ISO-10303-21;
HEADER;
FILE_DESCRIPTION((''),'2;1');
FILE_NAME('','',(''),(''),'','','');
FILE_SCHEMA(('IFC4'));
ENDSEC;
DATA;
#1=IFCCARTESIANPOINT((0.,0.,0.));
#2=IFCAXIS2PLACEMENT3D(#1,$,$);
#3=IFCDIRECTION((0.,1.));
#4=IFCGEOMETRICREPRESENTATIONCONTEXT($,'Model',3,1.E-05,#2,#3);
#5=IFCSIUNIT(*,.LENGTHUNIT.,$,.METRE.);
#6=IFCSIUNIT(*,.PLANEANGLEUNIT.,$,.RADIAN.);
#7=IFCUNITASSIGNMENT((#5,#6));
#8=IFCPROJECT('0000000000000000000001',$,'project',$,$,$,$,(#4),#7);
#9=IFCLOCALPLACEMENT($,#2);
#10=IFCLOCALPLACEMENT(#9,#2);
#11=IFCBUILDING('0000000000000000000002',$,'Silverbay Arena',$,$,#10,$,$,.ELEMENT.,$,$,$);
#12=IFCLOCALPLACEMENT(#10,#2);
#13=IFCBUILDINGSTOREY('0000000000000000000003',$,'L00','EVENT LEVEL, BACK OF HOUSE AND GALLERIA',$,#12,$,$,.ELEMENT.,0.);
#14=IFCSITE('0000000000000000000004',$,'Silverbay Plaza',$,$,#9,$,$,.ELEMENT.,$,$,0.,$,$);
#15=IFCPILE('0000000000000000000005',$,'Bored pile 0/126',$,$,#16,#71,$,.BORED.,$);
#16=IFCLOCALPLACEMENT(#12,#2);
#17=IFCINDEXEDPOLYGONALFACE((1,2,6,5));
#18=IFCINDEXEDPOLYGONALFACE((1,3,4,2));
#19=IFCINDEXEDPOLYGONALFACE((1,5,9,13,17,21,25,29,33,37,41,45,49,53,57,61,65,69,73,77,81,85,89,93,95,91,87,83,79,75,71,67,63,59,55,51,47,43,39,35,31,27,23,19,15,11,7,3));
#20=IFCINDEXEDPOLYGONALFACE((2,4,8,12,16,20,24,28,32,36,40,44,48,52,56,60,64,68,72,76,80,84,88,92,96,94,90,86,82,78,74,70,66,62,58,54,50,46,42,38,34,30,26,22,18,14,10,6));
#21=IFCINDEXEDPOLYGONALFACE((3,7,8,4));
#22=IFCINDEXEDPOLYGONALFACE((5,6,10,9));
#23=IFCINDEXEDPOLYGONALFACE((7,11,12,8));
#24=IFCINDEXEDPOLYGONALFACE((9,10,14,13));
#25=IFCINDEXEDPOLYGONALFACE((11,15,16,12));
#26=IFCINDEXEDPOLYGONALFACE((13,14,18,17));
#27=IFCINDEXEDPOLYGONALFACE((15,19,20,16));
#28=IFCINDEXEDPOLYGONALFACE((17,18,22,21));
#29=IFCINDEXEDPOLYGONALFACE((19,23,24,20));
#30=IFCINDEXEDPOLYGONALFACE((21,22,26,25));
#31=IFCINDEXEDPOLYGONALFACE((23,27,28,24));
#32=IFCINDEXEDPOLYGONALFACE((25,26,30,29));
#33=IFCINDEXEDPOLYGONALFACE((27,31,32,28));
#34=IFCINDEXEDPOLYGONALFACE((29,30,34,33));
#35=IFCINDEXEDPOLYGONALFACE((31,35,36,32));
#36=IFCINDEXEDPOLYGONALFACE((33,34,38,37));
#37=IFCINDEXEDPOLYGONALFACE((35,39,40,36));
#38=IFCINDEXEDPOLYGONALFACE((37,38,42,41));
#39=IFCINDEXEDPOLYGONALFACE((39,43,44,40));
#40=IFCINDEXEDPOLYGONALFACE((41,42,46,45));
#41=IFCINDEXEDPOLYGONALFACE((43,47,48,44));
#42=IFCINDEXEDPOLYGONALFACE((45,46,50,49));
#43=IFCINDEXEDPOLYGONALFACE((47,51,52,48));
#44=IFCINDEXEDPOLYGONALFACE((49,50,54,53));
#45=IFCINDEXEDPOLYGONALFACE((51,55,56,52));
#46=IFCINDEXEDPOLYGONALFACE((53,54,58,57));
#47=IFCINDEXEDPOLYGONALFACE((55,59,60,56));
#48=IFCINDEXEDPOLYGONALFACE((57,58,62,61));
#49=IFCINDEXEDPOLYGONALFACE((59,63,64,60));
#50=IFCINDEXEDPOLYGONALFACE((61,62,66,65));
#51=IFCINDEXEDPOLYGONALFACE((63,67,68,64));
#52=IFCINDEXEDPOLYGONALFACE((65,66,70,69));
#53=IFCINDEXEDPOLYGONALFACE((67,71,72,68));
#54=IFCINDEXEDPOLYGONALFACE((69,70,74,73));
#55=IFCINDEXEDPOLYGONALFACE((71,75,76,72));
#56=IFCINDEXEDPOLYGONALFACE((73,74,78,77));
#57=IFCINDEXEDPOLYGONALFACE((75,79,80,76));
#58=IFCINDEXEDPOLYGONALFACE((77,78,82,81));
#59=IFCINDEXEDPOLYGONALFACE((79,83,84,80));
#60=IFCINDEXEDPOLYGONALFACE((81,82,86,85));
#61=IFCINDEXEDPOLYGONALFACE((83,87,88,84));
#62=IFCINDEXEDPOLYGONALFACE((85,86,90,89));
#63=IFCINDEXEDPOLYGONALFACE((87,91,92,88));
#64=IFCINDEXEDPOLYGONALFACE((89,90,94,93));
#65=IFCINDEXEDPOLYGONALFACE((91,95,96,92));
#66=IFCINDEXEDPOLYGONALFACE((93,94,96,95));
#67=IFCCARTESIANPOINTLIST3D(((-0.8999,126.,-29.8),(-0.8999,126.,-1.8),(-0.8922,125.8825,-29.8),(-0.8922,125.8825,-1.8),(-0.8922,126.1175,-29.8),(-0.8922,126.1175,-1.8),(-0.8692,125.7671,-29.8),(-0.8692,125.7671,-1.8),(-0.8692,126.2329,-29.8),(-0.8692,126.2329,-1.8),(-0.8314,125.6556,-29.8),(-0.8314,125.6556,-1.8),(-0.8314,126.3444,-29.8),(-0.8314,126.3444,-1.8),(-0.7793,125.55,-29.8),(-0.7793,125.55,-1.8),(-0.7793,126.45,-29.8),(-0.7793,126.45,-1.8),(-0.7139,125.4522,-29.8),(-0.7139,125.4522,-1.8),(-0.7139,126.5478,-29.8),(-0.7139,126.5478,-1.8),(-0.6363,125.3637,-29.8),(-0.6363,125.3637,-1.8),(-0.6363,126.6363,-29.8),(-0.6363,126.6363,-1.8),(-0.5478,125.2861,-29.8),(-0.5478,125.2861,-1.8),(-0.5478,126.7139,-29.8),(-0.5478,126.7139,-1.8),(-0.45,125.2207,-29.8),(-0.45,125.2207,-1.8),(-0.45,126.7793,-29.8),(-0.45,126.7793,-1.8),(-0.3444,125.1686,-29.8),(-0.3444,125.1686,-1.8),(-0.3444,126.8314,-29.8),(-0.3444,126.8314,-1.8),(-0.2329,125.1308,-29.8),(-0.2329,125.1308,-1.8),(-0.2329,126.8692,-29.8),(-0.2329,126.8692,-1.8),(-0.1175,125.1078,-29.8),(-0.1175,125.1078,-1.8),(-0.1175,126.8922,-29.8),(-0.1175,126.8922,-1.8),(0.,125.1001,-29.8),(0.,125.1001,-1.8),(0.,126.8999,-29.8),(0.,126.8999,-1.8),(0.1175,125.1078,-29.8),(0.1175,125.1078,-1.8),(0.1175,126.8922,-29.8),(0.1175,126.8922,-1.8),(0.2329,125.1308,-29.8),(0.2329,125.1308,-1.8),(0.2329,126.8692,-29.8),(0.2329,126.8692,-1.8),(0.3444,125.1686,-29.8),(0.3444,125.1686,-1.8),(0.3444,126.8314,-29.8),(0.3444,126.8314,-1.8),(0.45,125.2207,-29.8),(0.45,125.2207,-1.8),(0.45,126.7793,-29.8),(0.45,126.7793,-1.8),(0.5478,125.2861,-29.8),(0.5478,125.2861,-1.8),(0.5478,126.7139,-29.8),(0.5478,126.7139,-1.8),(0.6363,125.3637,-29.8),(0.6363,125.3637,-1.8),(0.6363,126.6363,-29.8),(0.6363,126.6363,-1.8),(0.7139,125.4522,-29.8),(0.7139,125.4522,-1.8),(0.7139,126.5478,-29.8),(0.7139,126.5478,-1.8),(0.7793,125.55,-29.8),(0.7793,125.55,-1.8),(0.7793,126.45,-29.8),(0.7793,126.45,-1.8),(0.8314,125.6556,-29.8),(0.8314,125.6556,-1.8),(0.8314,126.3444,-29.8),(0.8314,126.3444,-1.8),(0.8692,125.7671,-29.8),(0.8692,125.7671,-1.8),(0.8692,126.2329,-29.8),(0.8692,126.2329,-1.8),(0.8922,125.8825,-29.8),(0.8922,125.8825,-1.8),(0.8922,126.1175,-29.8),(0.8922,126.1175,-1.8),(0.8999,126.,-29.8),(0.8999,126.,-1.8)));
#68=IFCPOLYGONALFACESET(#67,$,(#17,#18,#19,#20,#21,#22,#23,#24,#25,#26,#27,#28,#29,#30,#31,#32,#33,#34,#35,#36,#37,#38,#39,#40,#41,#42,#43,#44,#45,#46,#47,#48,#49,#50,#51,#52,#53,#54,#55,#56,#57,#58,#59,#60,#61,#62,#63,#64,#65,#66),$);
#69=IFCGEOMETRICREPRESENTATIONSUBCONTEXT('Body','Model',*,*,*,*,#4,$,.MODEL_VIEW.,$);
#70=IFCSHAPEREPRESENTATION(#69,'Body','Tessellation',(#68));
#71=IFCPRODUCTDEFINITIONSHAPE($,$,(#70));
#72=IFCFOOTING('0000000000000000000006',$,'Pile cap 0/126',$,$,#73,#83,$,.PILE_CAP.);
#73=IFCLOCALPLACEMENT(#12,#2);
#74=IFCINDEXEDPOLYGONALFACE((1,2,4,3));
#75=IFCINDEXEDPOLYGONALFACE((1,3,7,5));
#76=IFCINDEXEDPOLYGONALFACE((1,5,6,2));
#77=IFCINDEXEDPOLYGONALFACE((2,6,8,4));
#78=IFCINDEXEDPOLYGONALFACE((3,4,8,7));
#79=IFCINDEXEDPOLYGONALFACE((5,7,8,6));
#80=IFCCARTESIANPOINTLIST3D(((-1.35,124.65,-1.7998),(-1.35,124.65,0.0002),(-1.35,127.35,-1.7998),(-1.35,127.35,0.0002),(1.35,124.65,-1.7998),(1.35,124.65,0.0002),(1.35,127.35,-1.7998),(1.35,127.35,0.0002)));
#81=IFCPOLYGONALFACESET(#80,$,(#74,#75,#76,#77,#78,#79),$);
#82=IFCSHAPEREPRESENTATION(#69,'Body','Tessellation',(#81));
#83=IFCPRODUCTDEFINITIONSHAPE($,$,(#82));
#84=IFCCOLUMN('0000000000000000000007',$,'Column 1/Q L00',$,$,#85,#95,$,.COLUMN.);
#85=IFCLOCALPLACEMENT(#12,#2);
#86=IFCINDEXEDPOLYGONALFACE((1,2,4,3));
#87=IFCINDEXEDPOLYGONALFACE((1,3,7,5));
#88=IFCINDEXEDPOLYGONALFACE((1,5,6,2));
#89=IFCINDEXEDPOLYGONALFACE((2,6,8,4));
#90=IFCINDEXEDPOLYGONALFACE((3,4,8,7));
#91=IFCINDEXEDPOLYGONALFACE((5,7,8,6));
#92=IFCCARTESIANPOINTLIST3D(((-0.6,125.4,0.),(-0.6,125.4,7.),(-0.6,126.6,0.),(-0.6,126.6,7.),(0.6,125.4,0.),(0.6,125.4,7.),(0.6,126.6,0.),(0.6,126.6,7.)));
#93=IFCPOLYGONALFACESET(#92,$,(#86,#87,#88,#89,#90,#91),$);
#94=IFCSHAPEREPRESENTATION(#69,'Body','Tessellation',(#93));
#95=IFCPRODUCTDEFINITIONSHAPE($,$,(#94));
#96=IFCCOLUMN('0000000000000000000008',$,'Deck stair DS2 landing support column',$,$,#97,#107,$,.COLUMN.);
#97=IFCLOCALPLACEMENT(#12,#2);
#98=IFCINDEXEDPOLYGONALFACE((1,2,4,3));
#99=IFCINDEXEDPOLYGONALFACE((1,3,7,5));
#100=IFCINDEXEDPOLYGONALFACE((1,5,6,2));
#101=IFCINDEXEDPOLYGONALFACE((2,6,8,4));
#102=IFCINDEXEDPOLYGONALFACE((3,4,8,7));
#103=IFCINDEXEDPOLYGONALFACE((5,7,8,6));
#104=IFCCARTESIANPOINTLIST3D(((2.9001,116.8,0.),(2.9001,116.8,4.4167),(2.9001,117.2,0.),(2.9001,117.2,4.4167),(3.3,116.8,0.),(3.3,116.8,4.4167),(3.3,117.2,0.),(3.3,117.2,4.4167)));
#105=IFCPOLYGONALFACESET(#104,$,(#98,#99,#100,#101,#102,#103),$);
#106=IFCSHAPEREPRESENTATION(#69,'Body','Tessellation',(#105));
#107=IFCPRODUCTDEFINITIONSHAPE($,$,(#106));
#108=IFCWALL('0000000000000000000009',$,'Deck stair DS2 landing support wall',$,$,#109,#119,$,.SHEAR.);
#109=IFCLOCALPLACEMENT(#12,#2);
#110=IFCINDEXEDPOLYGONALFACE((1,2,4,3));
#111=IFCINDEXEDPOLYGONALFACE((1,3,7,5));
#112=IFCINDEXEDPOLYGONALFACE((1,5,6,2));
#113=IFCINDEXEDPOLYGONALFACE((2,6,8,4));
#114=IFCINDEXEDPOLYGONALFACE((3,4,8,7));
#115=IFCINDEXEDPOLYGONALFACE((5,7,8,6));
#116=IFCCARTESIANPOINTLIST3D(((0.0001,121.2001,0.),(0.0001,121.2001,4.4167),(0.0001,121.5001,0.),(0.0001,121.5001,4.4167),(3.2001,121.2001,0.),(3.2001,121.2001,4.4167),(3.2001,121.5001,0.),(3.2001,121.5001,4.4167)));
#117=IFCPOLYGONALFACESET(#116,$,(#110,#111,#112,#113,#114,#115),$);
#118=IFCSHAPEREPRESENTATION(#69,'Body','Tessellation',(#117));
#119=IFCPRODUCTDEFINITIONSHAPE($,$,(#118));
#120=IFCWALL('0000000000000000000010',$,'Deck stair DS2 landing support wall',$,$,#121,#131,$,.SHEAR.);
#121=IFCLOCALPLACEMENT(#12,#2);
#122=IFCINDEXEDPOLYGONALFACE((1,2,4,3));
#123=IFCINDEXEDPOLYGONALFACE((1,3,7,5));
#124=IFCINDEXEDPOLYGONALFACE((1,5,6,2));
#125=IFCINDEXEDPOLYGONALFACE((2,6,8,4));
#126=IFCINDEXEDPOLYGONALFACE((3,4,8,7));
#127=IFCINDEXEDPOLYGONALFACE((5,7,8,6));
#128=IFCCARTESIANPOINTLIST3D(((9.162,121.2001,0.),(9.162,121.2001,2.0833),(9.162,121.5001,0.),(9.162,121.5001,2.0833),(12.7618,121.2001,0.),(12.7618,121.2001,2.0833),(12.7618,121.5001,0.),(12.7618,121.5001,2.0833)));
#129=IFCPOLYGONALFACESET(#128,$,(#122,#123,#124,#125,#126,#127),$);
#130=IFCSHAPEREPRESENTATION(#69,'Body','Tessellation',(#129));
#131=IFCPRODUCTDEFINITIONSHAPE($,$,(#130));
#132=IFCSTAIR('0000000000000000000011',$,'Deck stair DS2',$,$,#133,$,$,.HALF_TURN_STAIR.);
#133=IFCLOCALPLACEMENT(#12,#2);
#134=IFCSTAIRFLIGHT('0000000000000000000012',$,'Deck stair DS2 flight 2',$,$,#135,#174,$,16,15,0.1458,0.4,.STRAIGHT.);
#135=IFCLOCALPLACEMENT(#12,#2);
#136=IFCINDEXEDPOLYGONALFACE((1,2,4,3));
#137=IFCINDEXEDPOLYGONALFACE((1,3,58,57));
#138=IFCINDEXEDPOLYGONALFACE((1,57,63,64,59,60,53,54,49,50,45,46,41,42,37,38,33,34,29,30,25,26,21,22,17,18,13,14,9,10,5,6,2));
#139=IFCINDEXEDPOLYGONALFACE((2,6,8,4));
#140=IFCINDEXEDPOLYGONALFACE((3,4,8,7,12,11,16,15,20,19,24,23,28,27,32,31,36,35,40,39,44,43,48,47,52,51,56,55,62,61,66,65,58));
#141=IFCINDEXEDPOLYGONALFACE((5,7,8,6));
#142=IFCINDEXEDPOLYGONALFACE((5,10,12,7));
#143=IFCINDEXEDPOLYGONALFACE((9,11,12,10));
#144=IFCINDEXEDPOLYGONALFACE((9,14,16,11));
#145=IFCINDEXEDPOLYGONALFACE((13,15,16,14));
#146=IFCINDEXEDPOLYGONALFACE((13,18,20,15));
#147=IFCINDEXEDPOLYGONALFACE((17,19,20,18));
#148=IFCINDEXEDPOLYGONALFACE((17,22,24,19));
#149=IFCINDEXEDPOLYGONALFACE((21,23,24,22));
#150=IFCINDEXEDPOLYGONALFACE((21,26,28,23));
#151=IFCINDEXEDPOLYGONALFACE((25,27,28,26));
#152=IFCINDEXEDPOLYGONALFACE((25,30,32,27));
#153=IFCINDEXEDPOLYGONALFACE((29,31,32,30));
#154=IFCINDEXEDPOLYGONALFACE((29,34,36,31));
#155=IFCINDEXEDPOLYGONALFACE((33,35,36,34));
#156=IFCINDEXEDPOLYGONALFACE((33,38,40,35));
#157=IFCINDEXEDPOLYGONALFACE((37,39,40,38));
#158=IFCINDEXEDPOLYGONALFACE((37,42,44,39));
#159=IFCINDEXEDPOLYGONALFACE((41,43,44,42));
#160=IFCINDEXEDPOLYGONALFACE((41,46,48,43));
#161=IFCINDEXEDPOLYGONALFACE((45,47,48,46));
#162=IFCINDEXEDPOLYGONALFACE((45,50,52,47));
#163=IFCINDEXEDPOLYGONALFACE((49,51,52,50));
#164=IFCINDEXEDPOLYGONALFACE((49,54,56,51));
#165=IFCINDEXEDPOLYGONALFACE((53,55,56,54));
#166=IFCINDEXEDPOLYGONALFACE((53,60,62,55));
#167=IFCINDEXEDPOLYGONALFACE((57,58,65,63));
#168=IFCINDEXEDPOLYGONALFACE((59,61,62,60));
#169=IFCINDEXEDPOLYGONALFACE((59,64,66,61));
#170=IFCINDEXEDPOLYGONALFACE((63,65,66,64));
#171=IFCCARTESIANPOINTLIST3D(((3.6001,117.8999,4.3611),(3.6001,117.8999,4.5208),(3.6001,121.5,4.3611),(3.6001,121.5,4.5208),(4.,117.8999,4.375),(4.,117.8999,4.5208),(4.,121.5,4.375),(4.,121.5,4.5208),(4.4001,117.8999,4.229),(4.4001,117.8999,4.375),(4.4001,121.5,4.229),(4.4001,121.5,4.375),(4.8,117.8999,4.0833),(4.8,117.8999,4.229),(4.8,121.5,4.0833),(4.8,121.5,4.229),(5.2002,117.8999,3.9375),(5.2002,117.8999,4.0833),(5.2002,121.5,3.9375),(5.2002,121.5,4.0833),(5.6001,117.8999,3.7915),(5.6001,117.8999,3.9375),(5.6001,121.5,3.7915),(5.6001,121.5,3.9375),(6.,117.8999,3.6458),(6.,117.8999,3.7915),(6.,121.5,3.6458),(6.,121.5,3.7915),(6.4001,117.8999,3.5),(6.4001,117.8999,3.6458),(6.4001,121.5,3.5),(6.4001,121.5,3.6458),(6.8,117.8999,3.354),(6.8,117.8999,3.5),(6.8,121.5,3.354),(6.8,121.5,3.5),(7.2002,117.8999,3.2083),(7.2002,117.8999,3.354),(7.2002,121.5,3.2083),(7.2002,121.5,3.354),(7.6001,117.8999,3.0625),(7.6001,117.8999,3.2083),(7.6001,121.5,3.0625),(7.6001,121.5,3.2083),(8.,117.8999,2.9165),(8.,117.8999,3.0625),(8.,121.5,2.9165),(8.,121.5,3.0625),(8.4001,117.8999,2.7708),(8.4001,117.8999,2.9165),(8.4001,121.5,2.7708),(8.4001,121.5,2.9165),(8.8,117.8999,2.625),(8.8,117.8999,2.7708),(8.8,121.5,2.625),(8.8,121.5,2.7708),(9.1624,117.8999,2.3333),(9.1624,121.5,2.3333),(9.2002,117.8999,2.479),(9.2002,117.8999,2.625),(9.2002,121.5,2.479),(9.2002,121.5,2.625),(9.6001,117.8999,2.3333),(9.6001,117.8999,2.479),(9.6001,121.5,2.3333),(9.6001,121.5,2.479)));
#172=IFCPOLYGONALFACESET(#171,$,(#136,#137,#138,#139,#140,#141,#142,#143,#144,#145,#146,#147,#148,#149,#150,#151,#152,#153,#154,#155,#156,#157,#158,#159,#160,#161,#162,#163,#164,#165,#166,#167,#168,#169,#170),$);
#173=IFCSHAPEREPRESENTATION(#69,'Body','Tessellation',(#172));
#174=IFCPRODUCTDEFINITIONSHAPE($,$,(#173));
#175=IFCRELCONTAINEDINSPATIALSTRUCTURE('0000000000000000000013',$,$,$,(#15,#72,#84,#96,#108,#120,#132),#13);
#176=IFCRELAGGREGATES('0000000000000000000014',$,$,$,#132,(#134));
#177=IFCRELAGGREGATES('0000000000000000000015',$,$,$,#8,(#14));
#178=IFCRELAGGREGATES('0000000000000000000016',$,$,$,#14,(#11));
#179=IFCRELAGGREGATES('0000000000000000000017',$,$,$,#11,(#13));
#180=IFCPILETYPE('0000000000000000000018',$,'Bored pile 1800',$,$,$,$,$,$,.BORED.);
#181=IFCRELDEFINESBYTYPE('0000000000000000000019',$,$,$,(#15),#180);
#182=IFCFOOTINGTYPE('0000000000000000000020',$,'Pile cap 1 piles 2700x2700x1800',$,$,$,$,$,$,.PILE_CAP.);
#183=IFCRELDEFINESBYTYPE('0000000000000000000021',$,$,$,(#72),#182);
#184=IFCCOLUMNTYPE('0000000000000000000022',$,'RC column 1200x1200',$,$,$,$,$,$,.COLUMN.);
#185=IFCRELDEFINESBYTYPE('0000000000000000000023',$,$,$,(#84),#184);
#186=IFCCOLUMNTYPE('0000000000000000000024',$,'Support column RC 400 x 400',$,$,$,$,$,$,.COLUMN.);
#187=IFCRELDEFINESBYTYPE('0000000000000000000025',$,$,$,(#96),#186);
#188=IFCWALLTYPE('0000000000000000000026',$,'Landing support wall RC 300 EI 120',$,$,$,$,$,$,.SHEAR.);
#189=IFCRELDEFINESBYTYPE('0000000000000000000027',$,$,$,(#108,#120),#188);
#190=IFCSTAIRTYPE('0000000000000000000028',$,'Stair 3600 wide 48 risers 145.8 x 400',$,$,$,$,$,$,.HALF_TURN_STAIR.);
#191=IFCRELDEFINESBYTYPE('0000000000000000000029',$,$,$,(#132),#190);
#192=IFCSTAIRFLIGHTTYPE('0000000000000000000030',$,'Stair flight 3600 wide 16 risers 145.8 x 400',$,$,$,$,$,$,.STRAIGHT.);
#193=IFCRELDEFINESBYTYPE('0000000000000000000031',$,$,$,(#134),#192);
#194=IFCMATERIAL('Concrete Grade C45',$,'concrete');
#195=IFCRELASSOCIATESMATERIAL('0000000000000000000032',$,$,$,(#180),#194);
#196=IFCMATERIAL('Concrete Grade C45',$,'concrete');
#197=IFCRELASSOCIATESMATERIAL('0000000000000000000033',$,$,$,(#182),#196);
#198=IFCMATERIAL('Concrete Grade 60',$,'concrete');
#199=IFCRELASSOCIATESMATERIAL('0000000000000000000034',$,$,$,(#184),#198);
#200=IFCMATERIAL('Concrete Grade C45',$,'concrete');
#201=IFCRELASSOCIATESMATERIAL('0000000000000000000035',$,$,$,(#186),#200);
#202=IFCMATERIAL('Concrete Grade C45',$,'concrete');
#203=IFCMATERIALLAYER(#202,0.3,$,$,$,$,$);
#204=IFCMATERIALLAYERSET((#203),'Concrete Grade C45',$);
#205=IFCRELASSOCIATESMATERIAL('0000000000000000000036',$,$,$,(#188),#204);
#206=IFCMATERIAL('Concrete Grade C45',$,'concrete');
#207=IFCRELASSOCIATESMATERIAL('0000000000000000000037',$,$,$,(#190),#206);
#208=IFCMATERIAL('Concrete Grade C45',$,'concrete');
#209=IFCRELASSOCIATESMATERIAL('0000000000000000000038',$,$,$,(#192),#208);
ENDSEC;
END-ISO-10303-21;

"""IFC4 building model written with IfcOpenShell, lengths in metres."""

from ifc_helpers import new_model, si_unit, direction, frame, frame_2d, origin, origin_2d, place, context, subcontext, project, spatial, polyline, rectangle, circle, outline, extrude, material, layer, layer_set, material_profile, profile_set, type_object, element, aggregate, save


model = new_model("IFC4")

# Units and contexts
model_context = context("Model", 3, precision=1e-05, world=origin(), true_north=direction((0.0, 1.0)))
body_context = subcontext(model_context, "Body", "Model", "MODEL_VIEW")
ifc_project = project(units=[si_unit("LENGTHUNIT", "METRE"), si_unit("PLANEANGLEUNIT", "RADIAN")], contexts=[model_context])

# Site, building, storey
site_placement = place(None, origin())
site = spatial("IfcSite", under=ifc_project, at=site_placement, Name="Silverbay Plaza", CompositionType="ELEMENT", RefElevation=0.0)
building_placement = place(site_placement, origin())
building = spatial("IfcBuilding", under=site, at=building_placement, Name="Silverbay Arena", CompositionType="ELEMENT")
storey_placement = place(building_placement, origin())
storey = spatial("IfcBuildingStorey", under=building, at=storey_placement, Name="L00", Description="EVENT LEVEL, BACK OF HOUSE AND GALLERIA", CompositionType="ELEMENT", Elevation=0.0)

# Pile
ifc_material_1 = material(Name="Concrete Grade C45", Category="concrete")
ifc_material_profile_1 = material_profile(ifc_material_1, circle(Radius=0.8999, at=origin_2d()), Name="Bored pile 1800")
ifc_profile_set_1 = profile_set([ifc_material_profile_1], Name="Concrete Grade C45")
pile_type = type_object("IfcPileType", Name="Bored pile 1800", PredefinedType="BORED", material=ifc_profile_set_1)
pile_placement = place(storey_placement, frame((0.0, 126.0, -1.8), z_axis=(0.0, 0.0, -1.0), x_axis=(1.0, 0.0, 0.0)))
element("IfcPile", 1, at=pile_placement, inside=storey, type_object=pile_type, Name="Bored pile 0/126", PredefinedType="BORED", context=body_context, shape_type="SweptSolid", body=[
    extrude(circle(Radius=0.8999, at=origin_2d()), origin(), (0.0, 0.0, 1.0), 28.0),
])

# Footing
ifc_material_2 = material(Name="Concrete Grade C45", Category="concrete")
footing_type = type_object("IfcFootingType", Name="Pile cap 1 piles 2700x2700x1800", PredefinedType="PILE_CAP", material=ifc_material_2)
footing_placement = place(storey_placement, frame((0.0, 126.0, -1.7998), z_axis=(0.0, 0.0, 1.0), x_axis=(1.0, 0.0, 0.0)))
element("IfcFooting", 2, at=footing_placement, inside=storey, type_object=footing_type, Name="Pile cap 0/126", PredefinedType="PILE_CAP", context=body_context, shape_type="SweptSolid", body=[
    extrude(rectangle(XDim=2.7, YDim=2.7, at=origin_2d()), origin(), (0.0, 0.0, 1.0), 1.8),
])

# Columns
ifc_material_3 = material(Name="Concrete Grade 60", Category="concrete")
ifc_material_profile_2 = material_profile(ifc_material_3, rectangle(XDim=1.2, YDim=1.2, at=origin_2d()), Name="RC 1200x1200")
ifc_profile_set_2 = profile_set([ifc_material_profile_2], Name="Concrete Grade 60")
column_type_1 = type_object("IfcColumnType", Name="RC column 1200x1200", PredefinedType="COLUMN", material=ifc_profile_set_2)
column_1_placement = place(storey_placement, frame((0.0, 126.0, 0.0), z_axis=(0.0, 0.0, 1.0), x_axis=(1.0, 0.0, 0.0)))
element("IfcColumn", 3, at=column_1_placement, inside=storey, type_object=column_type_1, Name="Column 1/Q L00", PredefinedType="COLUMN", context=body_context, shape_type="SweptSolid", body=[
    extrude(rectangle(XDim=1.2, YDim=1.2, at=origin_2d()), origin(), (0.0, 0.0, 1.0), 7.0),
])
ifc_material_4 = material(Name="Concrete Grade C45", Category="concrete")
ifc_material_profile_3 = material_profile(ifc_material_4, rectangle(XDim=0.3999, YDim=0.3999, at=origin_2d()), Name="RC 400x400")
ifc_profile_set_3 = profile_set([ifc_material_profile_3], Name="Concrete Grade C45")
column_type_2 = type_object("IfcColumnType", Name="Support column RC 400 x 400", PredefinedType="COLUMN", material=ifc_profile_set_3)
column_2_placement = place(storey_placement, frame((3.1001, 117.0, 0.0), z_axis=(0.0, 0.0, 1.0), x_axis=(1.0, 0.0, 0.0)))
element("IfcColumn", 4, at=column_2_placement, inside=storey, type_object=column_type_2, Name="Deck stair DS2 landing support column", PredefinedType="COLUMN", context=body_context, shape_type="SweptSolid", body=[
    extrude(rectangle(XDim=0.3999, YDim=0.3999, at=origin_2d()), origin(), (0.0, 0.0, 1.0), 4.4167),
])

# Walls
ifc_material_5 = material(Name="Concrete Grade C45", Category="concrete")
ifc_layer = layer(ifc_material_5, 0.3)
ifc_layer_set = layer_set([ifc_layer], Name="Concrete Grade C45")
wall_type = type_object("IfcWallType", Name="Landing support wall RC 300 EI 120", PredefinedType="SHEAR", material=ifc_layer_set)
wall_1_placement = place(storey_placement, frame((0.0, 121.3501, 0.0), z_axis=(0.0, 0.0, 1.0), x_axis=(1.0, 0.0, 0.0)))
element("IfcWall", 5, at=wall_1_placement, inside=storey, type_object=wall_type, Name="Deck stair DS2 landing support wall", PredefinedType="SHEAR", context=body_context, shape_type="SweptSolid", body=[
    extrude(rectangle(XDim=3.2, YDim=0.3, at=frame_2d((1.6001, 0.0))), origin(), (0.0, 0.0, 1.0), 4.4167),
])
wall_2_placement = place(storey_placement, frame((9.1621, 121.3501, 0.0), z_axis=(0.0, 0.0, 1.0), x_axis=(1.0, 0.0, 0.0)))
element("IfcWall", 6, at=wall_2_placement, inside=storey, type_object=wall_type, Name="Deck stair DS2 landing support wall", PredefinedType="SHEAR", context=body_context, shape_type="SweptSolid", body=[
    extrude(rectangle(XDim=3.5999, YDim=0.3, at=frame_2d((1.7998, 0.0))), origin(), (0.0, 0.0, 1.0), 2.0833),
])

# Stair, stair flight
ifc_material_6 = material(Name="Concrete Grade C45", Category="concrete")
stair_type = type_object("IfcStairType", Name="Stair 3600 wide 48 risers 145.8 x 400", PredefinedType="HALF_TURN_STAIR", material=ifc_material_6)
stair_placement = place(storey_placement, origin())
stair = element("IfcStair", 7, at=stair_placement, inside=storey, type_object=stair_type, Name="Deck stair DS2", PredefinedType="HALF_TURN_STAIR")
ifc_material_7 = material(Name="Concrete Grade C45", Category="concrete")
stair_flight_type = type_object("IfcStairFlightType", Name="Stair flight 3600 wide 16 risers 145.8 x 400", PredefinedType="STRAIGHT", material=ifc_material_7)
stair_flight_placement = place(storey_placement, frame((9.6001, 119.7, 2.3333), z_axis=(0.0, 0.0, 1.0), x_axis=(-1.0, 0.0, 0.0)))
stair_flight = element("IfcStairFlight", 8, at=stair_flight_placement, type_object=stair_flight_type, Name="Deck stair DS2 flight 2", NumberOfRisers=16, NumberOfTreads=15, PredefinedType="STRAIGHT", RiserHeight=0.1458, TreadLength=0.4, context=body_context, shape_type="SweptSolid", body=[
    extrude(outline(polyline([(0.0, 0.0), (0.0, 0.1458), (0.3999, 0.1458), (0.3999, 0.2917), (0.8, 0.2917), (0.8, 0.4375), (1.2, 0.4375), (1.2, 0.5833), (1.6001, 0.5833), (1.6001, 0.7292), (2.0, 0.7292), (2.0, 0.875), (2.3999, 0.875), (2.3999, 1.0208), (2.8, 1.0208), (2.8, 1.1667), (3.2, 1.1667), (3.2, 1.3125), (3.6001, 1.3125), (3.6001, 1.4583), (4.0, 1.4583), (4.0, 1.6042), (4.3999, 1.6042), (4.3999, 1.75), (4.8, 1.75), (4.8, 1.8958), (5.2, 1.8958), (5.2, 2.0417), (5.6001, 2.0417), (5.6001, 2.1875), (6.0, 2.1875), (6.0, 2.0278), (0.4377, 0.0), (0.0, 0.0)])), frame((0.0, 1.8, 0.0), z_axis=(0.0, -1.0, 0.0), x_axis=(1.0, 0.0, 0.0)), (0.0, 0.0, 1.0), 3.6001),
])
aggregate(stair, [stair_flight])

save(model, "model.ifc")
